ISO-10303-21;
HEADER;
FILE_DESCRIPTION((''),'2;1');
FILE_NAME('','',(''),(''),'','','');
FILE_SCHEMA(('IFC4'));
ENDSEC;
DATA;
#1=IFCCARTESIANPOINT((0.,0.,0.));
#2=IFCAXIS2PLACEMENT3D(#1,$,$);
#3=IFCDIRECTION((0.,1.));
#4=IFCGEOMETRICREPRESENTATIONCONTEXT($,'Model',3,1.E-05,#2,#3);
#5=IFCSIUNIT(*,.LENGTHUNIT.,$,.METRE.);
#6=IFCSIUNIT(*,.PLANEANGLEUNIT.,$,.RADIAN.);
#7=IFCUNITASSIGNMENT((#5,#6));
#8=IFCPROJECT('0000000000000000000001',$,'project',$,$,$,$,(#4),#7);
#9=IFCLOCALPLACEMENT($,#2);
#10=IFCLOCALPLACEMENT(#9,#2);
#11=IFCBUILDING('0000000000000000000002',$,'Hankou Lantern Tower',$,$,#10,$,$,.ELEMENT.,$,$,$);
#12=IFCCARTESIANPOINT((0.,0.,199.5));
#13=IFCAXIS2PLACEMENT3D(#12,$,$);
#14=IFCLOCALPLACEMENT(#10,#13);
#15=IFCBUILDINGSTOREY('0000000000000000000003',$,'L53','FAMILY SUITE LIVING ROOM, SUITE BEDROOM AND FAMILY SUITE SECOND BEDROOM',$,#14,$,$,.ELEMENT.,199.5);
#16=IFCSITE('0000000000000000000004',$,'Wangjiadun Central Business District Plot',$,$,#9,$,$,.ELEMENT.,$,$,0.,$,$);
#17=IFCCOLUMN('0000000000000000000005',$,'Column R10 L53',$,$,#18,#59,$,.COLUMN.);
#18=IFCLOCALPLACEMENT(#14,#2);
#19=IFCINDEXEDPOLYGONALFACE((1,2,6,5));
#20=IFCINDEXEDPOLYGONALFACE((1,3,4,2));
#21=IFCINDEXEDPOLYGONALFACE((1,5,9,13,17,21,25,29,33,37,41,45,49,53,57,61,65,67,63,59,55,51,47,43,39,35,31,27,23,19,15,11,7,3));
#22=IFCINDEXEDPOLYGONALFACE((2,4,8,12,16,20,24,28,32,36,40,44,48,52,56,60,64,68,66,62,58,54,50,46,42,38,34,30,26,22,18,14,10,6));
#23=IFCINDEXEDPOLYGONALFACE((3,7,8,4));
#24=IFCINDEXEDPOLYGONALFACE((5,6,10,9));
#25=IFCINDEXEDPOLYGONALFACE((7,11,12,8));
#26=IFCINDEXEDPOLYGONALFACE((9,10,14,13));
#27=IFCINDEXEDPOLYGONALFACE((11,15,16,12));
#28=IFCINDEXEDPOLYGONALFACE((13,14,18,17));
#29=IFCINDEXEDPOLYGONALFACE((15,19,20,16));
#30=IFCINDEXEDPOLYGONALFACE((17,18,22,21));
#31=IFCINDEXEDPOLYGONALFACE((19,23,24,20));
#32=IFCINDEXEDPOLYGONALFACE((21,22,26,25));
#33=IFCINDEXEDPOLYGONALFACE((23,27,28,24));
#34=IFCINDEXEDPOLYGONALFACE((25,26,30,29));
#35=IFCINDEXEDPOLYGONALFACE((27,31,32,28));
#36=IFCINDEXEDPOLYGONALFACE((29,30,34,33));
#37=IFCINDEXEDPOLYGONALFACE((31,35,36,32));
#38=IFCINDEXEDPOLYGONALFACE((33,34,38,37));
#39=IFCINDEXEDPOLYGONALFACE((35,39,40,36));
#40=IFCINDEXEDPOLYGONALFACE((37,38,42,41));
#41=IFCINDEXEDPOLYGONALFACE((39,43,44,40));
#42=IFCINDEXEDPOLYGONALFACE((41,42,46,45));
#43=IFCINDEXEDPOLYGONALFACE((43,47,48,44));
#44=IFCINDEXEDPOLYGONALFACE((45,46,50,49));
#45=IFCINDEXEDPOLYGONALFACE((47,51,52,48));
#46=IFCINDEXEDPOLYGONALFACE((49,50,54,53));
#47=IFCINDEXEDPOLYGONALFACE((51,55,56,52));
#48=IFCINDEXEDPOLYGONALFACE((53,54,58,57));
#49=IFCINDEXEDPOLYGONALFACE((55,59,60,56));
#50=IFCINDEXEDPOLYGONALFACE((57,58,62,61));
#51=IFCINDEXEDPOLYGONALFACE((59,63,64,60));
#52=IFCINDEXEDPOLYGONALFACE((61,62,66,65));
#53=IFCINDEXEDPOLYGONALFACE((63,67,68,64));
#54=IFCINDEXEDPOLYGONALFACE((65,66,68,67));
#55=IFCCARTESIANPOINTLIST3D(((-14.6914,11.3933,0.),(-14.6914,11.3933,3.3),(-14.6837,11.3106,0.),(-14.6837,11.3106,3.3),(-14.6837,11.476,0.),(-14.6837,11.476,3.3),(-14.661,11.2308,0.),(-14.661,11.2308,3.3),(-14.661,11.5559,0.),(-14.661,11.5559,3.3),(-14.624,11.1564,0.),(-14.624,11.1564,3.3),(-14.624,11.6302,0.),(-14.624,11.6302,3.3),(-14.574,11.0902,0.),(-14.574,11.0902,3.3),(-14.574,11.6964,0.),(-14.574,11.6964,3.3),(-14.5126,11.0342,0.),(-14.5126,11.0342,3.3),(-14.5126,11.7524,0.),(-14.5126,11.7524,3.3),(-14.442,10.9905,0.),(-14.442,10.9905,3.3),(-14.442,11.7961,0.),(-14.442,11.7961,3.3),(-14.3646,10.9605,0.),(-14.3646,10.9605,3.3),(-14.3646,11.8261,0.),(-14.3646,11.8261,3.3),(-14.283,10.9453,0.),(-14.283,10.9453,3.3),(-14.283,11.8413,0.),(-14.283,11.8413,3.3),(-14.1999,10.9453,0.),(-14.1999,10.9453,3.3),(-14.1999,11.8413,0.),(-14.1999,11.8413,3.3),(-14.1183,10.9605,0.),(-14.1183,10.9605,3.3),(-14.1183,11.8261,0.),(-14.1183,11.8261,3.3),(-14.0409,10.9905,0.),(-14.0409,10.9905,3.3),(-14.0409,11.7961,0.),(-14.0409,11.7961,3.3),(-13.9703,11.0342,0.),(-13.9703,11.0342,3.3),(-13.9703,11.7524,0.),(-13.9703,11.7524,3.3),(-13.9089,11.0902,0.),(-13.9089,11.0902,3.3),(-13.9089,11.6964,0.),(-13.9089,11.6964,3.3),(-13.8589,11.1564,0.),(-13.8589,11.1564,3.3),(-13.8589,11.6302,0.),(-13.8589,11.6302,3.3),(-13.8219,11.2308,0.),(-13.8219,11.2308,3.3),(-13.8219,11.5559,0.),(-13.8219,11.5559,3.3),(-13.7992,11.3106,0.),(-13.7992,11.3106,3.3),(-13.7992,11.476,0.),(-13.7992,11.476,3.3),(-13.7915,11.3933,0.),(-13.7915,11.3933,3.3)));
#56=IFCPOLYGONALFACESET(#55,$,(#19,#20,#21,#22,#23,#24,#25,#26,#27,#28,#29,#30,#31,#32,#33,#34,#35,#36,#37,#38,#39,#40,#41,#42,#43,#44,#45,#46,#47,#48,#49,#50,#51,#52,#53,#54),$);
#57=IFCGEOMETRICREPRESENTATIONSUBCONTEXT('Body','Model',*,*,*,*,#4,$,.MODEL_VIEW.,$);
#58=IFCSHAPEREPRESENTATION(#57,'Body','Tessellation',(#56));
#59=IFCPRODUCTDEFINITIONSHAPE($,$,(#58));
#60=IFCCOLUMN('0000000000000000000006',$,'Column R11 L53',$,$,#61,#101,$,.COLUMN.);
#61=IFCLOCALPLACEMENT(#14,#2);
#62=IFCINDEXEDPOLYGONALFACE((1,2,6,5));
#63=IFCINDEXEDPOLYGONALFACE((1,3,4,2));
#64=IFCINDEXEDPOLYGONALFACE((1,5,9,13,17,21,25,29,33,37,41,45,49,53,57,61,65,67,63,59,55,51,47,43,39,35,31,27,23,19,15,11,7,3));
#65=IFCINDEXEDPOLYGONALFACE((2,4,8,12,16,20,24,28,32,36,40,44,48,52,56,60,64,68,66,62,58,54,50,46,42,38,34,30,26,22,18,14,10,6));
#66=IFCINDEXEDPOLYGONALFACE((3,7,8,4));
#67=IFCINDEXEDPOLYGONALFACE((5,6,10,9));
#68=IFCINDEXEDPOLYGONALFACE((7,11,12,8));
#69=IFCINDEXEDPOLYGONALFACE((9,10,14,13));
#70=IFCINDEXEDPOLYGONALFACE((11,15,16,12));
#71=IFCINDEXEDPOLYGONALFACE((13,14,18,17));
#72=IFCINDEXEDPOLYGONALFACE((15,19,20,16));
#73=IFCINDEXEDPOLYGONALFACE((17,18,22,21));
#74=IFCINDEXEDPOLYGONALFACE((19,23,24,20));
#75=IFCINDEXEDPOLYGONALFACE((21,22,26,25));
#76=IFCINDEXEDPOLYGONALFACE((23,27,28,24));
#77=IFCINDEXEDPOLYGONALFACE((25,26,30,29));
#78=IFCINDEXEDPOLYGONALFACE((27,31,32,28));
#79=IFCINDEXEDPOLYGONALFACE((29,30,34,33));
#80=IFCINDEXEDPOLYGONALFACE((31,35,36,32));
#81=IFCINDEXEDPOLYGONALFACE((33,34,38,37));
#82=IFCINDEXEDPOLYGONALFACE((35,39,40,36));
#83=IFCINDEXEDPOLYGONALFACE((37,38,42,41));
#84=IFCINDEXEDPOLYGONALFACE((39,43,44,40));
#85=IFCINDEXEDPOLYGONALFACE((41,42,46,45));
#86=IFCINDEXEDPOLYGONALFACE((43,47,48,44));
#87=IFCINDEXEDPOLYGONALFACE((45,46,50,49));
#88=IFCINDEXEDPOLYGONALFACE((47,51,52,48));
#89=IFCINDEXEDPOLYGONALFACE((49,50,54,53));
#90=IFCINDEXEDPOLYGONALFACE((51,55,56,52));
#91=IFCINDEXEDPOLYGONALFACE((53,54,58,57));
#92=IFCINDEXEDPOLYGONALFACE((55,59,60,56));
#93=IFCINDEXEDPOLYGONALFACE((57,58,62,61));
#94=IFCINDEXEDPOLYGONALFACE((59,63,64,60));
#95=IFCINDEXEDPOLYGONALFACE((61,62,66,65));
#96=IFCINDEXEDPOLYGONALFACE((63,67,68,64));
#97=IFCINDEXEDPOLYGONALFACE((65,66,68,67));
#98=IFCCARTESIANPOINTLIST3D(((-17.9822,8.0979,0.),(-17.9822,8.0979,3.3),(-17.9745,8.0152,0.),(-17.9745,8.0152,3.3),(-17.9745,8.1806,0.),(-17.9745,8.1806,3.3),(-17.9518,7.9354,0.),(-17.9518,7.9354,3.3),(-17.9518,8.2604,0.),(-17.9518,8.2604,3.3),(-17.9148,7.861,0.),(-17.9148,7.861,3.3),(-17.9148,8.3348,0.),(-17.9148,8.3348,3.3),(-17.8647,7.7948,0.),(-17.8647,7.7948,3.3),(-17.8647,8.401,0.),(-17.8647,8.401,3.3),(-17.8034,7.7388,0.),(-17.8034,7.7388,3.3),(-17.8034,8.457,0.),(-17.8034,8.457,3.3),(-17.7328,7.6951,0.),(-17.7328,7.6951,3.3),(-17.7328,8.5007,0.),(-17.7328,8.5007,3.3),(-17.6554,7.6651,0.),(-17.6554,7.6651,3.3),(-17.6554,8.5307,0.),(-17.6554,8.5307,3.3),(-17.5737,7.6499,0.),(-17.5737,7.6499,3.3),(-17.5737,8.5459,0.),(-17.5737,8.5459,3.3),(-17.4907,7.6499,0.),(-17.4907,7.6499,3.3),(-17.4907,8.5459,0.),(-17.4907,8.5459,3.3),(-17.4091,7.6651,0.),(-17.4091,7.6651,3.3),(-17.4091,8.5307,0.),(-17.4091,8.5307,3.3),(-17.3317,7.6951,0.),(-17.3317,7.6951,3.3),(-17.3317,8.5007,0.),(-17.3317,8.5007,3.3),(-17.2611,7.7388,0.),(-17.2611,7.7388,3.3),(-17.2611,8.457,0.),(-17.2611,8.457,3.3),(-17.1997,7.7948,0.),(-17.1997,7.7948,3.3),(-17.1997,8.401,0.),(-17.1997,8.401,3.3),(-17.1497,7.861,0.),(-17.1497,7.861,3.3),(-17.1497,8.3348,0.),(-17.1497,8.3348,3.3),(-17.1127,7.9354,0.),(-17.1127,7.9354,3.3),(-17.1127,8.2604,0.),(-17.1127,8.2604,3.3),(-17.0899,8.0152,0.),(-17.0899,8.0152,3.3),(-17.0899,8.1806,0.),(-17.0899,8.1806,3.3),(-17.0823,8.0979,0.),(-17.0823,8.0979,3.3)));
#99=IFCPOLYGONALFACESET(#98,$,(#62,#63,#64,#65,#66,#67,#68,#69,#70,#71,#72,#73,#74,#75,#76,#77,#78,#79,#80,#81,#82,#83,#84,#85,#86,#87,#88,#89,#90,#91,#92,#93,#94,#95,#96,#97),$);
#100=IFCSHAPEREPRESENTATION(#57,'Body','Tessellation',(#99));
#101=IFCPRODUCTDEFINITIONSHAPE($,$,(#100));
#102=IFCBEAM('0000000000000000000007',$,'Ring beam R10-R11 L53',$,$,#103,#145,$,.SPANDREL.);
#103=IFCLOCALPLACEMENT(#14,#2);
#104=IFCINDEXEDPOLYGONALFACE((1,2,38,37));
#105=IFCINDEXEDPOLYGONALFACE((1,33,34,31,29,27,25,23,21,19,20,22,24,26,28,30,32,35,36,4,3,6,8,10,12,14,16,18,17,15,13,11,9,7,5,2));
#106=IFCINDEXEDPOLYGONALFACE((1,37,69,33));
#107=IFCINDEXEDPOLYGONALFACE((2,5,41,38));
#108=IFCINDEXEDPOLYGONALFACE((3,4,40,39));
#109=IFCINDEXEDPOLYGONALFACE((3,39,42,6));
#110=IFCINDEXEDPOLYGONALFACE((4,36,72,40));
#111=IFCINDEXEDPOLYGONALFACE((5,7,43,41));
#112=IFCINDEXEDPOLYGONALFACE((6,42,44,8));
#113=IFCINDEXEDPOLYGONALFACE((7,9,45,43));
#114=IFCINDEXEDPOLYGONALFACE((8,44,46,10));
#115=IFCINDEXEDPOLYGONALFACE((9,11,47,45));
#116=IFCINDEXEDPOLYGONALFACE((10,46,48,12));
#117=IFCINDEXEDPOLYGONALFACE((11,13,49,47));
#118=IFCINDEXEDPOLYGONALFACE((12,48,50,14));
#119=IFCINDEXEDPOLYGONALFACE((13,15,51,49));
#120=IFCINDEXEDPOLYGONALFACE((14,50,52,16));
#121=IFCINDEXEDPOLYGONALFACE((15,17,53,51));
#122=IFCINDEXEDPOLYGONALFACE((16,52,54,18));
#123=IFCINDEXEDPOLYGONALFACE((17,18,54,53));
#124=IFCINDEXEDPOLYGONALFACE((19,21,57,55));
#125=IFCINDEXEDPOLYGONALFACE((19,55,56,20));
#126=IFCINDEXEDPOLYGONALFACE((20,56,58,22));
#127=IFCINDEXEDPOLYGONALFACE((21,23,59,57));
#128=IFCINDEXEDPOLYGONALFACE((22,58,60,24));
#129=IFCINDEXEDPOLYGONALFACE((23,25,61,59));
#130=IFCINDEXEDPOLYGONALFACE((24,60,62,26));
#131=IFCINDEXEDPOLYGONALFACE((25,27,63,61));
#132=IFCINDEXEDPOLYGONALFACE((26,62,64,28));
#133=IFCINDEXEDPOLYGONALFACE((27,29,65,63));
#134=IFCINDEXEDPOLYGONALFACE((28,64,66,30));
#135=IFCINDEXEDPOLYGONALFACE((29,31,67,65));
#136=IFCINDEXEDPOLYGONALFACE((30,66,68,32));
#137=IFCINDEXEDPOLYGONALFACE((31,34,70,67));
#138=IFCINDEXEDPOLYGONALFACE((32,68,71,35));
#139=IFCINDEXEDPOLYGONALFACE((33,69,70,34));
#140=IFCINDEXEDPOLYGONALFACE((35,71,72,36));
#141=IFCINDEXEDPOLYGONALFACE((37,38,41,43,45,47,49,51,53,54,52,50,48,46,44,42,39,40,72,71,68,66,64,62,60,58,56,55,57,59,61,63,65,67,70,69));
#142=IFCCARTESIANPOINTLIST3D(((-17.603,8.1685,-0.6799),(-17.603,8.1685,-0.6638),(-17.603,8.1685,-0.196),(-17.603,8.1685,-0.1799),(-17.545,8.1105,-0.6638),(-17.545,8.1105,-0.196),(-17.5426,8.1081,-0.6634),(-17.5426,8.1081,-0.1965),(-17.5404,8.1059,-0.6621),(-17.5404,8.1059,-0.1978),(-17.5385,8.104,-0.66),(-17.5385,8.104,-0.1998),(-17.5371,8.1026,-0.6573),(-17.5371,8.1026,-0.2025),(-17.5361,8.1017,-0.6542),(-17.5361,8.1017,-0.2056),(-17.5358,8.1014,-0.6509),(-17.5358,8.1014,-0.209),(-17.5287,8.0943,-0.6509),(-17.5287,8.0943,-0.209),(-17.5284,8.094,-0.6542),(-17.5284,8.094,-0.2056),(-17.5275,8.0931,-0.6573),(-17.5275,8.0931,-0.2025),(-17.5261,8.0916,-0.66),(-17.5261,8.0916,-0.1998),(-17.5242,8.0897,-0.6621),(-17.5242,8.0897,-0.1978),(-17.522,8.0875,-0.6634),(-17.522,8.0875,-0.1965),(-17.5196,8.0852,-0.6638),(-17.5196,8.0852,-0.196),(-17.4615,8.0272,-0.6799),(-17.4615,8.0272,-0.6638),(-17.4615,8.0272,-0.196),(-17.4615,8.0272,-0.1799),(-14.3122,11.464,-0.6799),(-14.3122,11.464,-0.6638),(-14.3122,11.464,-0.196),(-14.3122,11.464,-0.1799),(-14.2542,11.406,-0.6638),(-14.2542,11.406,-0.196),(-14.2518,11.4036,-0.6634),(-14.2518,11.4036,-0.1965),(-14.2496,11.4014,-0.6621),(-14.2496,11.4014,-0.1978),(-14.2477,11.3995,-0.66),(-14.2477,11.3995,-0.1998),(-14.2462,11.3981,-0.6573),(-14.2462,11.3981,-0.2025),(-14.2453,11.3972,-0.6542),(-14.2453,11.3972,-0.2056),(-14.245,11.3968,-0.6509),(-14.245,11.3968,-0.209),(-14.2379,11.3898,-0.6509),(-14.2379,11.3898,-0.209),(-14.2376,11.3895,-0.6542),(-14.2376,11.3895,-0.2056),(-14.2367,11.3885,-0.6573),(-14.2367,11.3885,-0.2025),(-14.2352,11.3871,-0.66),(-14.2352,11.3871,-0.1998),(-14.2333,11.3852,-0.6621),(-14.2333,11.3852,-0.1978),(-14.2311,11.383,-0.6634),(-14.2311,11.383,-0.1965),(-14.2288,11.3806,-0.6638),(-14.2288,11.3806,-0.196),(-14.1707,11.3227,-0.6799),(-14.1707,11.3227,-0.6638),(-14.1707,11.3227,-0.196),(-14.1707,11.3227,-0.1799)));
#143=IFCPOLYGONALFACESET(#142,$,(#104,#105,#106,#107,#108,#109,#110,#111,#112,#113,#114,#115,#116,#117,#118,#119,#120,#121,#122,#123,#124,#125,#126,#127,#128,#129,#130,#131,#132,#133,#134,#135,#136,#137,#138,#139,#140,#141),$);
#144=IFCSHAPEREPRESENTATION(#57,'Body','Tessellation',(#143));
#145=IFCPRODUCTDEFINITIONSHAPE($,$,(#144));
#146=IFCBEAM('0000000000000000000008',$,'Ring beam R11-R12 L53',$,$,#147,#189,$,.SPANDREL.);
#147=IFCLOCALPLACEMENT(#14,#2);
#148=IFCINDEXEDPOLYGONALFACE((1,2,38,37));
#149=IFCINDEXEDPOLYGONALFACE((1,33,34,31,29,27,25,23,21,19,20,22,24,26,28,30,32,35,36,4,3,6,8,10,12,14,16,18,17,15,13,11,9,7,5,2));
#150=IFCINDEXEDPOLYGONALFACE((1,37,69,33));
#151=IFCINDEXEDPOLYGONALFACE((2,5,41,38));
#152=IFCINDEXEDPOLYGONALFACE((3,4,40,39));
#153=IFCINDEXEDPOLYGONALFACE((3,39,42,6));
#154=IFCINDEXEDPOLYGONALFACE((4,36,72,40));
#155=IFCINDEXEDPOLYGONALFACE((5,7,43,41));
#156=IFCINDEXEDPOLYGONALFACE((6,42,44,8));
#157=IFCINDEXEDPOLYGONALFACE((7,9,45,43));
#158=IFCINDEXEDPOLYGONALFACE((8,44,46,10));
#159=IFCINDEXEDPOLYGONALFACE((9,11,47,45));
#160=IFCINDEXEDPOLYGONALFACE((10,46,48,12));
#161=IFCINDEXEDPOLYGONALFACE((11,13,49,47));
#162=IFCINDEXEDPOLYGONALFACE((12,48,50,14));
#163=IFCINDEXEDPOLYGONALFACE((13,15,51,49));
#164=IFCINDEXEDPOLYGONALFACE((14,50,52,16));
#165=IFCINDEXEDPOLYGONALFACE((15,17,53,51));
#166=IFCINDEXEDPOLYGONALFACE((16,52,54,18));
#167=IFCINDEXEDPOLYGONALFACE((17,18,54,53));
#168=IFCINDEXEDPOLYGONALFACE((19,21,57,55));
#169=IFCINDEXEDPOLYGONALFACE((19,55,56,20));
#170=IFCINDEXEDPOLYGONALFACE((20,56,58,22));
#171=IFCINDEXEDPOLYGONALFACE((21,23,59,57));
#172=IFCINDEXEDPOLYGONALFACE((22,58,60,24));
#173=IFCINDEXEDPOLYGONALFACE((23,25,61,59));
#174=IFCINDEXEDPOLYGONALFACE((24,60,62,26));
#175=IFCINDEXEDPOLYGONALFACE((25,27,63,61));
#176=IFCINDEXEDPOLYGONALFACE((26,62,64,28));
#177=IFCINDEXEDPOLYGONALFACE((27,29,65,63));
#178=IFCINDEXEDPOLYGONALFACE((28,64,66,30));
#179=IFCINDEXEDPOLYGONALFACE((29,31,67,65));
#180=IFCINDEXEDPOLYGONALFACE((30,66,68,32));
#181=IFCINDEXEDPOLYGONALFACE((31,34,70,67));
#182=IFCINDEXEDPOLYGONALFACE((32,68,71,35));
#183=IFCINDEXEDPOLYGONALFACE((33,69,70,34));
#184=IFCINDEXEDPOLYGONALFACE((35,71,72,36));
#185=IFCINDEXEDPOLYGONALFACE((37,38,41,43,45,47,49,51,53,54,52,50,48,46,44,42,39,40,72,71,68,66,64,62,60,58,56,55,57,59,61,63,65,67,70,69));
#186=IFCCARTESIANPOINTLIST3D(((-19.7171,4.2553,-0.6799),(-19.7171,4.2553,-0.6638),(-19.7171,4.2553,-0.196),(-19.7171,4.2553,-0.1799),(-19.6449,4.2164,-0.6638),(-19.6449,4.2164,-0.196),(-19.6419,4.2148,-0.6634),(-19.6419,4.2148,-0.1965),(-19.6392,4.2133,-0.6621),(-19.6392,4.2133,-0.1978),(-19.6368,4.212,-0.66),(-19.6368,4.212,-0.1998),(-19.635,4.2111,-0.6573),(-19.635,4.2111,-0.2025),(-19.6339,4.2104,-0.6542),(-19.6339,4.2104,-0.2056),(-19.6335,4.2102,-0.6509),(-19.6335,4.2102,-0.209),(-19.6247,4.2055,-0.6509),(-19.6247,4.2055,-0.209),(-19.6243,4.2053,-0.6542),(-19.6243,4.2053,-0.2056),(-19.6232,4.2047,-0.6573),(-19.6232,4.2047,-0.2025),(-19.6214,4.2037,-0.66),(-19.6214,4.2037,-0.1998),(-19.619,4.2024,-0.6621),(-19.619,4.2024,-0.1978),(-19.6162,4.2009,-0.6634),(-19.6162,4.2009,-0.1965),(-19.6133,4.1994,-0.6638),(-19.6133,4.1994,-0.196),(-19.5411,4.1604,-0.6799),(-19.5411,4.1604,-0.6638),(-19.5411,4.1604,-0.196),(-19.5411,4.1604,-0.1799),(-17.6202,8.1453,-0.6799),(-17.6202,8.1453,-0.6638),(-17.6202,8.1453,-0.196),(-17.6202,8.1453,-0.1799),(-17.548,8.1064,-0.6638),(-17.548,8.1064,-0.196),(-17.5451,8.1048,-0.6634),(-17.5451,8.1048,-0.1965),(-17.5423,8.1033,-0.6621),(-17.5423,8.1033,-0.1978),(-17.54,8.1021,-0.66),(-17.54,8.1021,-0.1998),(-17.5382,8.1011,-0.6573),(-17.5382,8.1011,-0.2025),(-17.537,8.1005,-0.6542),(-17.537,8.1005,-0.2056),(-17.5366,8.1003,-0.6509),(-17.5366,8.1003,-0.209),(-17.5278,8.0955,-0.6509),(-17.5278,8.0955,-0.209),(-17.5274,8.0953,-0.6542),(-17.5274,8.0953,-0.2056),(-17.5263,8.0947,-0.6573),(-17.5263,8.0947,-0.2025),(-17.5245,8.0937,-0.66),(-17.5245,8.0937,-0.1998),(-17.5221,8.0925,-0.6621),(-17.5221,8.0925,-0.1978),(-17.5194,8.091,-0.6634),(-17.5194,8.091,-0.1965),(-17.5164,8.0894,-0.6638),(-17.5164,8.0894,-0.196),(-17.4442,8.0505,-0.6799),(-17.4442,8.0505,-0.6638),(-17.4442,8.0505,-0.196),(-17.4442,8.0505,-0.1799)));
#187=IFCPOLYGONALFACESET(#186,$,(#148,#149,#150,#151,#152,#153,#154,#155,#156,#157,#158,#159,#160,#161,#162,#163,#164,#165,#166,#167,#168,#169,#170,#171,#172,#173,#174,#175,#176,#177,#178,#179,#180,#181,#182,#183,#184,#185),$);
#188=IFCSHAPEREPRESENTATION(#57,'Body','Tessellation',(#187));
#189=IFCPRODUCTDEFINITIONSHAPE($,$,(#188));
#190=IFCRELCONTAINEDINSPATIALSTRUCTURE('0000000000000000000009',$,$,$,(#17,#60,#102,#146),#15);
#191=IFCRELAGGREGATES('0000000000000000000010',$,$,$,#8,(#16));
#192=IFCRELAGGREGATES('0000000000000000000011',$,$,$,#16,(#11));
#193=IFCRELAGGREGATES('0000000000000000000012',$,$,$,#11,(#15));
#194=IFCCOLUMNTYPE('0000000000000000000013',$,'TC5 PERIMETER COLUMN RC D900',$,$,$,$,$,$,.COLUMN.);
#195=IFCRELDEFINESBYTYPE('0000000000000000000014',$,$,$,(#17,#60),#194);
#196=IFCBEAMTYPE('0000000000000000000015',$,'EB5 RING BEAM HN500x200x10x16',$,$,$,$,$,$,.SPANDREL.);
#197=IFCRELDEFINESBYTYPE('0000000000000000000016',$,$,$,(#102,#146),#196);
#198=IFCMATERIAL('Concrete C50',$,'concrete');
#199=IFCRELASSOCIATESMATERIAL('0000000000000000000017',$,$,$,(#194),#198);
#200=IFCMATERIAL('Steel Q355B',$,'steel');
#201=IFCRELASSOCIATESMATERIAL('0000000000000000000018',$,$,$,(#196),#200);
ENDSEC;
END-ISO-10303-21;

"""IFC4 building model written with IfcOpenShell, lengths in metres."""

from ifc_helpers import new_model, si_unit, direction, frame, origin, origin_2d, place, context, subcontext, project, spatial, circle, i_section, extrude, material, material_profile, profile_set, type_object, element, save


model = new_model("IFC4")

# Units and contexts
model_context = context("Model", 3, precision=1e-05, world=origin(), true_north=direction((0.0, 1.0)))
body_context = subcontext(model_context, "Body", "Model", "MODEL_VIEW")
ifc_project = project(units=[si_unit("LENGTHUNIT", "METRE"), si_unit("PLANEANGLEUNIT", "RADIAN")], contexts=[model_context])

# Site, building, storey
site_placement = place(None, origin())
site = spatial("IfcSite", under=ifc_project, at=site_placement, Name="Wangjiadun Central Business District Plot", CompositionType="ELEMENT", RefElevation=0.0)
building_placement = place(site_placement, origin())
building = spatial("IfcBuilding", under=site, at=building_placement, Name="Hankou Lantern Tower", CompositionType="ELEMENT")
storey_placement = place(building_placement, frame((0.0, 0.0, 199.5)))
storey = spatial("IfcBuildingStorey", under=building, at=storey_placement, Name="L53", Description="FAMILY SUITE LIVING ROOM, SUITE BEDROOM AND FAMILY SUITE SECOND BEDROOM", CompositionType="ELEMENT", Elevation=199.5)

# Columns
ifc_material_1 = material(Name="Concrete C50", Category="concrete")
ifc_material_profile_1 = material_profile(ifc_material_1, circle(Radius=0.45, at=origin_2d()), Name="RC D900")
ifc_profile_set_1 = profile_set([ifc_material_profile_1], Name="Concrete C50")
column_type = type_object("IfcColumnType", Name="TC5 PERIMETER COLUMN RC D900", PredefinedType="COLUMN", material=ifc_profile_set_1)
for number, where, z_axis, x_axis, name in (
    (1, (-14.2415, 11.3933, 0.0), (0.0, 0.0, 1.0), (1.0, 0.0, 0.0), "Column R10 L53"),
    (2, (-17.5322, 8.0979, 0.0), (0.0, 0.0, 1.0), (1.0, 0.0, 0.0), "Column R11 L53"),
):
    element("IfcColumn", number, at=place(storey_placement, frame(where, z_axis=z_axis, x_axis=x_axis)), inside=storey, type_object=column_type, Name=name, PredefinedType="COLUMN", context=body_context, shape_type="SweptSolid", body=[
        extrude(circle(Radius=0.45, at=origin_2d()), origin(), (0.0, 0.0, 1.0), 3.3),
    ])

# Beams
ifc_material_2 = material(Name="Steel Q355B", Category="steel")
ifc_material_profile_2 = material_profile(ifc_material_2, i_section(OverallWidth=0.2, OverallDepth=0.5, WebThickness=0.01, FlangeThickness=0.0161, FilletRadius=0.0129, at=origin_2d()), Name="HN500x200x10x16")
ifc_profile_set_2 = profile_set([ifc_material_profile_2], Name="Steel Q355B")
beam_type_1 = type_object("IfcBeamType", Name="EB5 RING BEAM HN500x200x10x16", PredefinedType="SPANDREL", material=ifc_profile_set_2)
beam_1_placement = place(storey_placement, frame((-14.2415, 11.3933, -0.4299), z_axis=(-0.706609, -0.707605, 0.0), x_axis=(0.707605, -0.706609, 0.0)))
element("IfcBeam", 3, at=beam_1_placement, inside=storey, type_object=beam_type_1, Name="Ring beam R10-R11 L53", PredefinedType="SPANDREL", context=body_context, shape_type="SweptSolid", body=[
    extrude(i_section(OverallWidth=0.2, OverallDepth=0.5, WebThickness=0.01, FlangeThickness=0.0161, FilletRadius=0.0129, at=origin_2d()), origin(), (0.0, 0.0, 1.0), 4.6572),
])
beam_2_placement = place(storey_placement, frame((-17.5322, 8.0979, -0.4299), z_axis=(-0.474492, -0.88026, 0.0), x_axis=(0.88026, -0.474492, 0.0)))
element("IfcBeam", 4, at=beam_2_placement, inside=storey, type_object=beam_type_1, Name="Ring beam R11-R12 L53", PredefinedType="SPANDREL", context=body_context, shape_type="SweptSolid", body=[
    extrude(i_section(OverallWidth=0.2, OverallDepth=0.5, WebThickness=0.01, FlangeThickness=0.0161, FilletRadius=0.0129, at=origin_2d()), origin(), (0.0, 0.0, 1.0), 4.4192),
])

save(model, "model.ifc")
